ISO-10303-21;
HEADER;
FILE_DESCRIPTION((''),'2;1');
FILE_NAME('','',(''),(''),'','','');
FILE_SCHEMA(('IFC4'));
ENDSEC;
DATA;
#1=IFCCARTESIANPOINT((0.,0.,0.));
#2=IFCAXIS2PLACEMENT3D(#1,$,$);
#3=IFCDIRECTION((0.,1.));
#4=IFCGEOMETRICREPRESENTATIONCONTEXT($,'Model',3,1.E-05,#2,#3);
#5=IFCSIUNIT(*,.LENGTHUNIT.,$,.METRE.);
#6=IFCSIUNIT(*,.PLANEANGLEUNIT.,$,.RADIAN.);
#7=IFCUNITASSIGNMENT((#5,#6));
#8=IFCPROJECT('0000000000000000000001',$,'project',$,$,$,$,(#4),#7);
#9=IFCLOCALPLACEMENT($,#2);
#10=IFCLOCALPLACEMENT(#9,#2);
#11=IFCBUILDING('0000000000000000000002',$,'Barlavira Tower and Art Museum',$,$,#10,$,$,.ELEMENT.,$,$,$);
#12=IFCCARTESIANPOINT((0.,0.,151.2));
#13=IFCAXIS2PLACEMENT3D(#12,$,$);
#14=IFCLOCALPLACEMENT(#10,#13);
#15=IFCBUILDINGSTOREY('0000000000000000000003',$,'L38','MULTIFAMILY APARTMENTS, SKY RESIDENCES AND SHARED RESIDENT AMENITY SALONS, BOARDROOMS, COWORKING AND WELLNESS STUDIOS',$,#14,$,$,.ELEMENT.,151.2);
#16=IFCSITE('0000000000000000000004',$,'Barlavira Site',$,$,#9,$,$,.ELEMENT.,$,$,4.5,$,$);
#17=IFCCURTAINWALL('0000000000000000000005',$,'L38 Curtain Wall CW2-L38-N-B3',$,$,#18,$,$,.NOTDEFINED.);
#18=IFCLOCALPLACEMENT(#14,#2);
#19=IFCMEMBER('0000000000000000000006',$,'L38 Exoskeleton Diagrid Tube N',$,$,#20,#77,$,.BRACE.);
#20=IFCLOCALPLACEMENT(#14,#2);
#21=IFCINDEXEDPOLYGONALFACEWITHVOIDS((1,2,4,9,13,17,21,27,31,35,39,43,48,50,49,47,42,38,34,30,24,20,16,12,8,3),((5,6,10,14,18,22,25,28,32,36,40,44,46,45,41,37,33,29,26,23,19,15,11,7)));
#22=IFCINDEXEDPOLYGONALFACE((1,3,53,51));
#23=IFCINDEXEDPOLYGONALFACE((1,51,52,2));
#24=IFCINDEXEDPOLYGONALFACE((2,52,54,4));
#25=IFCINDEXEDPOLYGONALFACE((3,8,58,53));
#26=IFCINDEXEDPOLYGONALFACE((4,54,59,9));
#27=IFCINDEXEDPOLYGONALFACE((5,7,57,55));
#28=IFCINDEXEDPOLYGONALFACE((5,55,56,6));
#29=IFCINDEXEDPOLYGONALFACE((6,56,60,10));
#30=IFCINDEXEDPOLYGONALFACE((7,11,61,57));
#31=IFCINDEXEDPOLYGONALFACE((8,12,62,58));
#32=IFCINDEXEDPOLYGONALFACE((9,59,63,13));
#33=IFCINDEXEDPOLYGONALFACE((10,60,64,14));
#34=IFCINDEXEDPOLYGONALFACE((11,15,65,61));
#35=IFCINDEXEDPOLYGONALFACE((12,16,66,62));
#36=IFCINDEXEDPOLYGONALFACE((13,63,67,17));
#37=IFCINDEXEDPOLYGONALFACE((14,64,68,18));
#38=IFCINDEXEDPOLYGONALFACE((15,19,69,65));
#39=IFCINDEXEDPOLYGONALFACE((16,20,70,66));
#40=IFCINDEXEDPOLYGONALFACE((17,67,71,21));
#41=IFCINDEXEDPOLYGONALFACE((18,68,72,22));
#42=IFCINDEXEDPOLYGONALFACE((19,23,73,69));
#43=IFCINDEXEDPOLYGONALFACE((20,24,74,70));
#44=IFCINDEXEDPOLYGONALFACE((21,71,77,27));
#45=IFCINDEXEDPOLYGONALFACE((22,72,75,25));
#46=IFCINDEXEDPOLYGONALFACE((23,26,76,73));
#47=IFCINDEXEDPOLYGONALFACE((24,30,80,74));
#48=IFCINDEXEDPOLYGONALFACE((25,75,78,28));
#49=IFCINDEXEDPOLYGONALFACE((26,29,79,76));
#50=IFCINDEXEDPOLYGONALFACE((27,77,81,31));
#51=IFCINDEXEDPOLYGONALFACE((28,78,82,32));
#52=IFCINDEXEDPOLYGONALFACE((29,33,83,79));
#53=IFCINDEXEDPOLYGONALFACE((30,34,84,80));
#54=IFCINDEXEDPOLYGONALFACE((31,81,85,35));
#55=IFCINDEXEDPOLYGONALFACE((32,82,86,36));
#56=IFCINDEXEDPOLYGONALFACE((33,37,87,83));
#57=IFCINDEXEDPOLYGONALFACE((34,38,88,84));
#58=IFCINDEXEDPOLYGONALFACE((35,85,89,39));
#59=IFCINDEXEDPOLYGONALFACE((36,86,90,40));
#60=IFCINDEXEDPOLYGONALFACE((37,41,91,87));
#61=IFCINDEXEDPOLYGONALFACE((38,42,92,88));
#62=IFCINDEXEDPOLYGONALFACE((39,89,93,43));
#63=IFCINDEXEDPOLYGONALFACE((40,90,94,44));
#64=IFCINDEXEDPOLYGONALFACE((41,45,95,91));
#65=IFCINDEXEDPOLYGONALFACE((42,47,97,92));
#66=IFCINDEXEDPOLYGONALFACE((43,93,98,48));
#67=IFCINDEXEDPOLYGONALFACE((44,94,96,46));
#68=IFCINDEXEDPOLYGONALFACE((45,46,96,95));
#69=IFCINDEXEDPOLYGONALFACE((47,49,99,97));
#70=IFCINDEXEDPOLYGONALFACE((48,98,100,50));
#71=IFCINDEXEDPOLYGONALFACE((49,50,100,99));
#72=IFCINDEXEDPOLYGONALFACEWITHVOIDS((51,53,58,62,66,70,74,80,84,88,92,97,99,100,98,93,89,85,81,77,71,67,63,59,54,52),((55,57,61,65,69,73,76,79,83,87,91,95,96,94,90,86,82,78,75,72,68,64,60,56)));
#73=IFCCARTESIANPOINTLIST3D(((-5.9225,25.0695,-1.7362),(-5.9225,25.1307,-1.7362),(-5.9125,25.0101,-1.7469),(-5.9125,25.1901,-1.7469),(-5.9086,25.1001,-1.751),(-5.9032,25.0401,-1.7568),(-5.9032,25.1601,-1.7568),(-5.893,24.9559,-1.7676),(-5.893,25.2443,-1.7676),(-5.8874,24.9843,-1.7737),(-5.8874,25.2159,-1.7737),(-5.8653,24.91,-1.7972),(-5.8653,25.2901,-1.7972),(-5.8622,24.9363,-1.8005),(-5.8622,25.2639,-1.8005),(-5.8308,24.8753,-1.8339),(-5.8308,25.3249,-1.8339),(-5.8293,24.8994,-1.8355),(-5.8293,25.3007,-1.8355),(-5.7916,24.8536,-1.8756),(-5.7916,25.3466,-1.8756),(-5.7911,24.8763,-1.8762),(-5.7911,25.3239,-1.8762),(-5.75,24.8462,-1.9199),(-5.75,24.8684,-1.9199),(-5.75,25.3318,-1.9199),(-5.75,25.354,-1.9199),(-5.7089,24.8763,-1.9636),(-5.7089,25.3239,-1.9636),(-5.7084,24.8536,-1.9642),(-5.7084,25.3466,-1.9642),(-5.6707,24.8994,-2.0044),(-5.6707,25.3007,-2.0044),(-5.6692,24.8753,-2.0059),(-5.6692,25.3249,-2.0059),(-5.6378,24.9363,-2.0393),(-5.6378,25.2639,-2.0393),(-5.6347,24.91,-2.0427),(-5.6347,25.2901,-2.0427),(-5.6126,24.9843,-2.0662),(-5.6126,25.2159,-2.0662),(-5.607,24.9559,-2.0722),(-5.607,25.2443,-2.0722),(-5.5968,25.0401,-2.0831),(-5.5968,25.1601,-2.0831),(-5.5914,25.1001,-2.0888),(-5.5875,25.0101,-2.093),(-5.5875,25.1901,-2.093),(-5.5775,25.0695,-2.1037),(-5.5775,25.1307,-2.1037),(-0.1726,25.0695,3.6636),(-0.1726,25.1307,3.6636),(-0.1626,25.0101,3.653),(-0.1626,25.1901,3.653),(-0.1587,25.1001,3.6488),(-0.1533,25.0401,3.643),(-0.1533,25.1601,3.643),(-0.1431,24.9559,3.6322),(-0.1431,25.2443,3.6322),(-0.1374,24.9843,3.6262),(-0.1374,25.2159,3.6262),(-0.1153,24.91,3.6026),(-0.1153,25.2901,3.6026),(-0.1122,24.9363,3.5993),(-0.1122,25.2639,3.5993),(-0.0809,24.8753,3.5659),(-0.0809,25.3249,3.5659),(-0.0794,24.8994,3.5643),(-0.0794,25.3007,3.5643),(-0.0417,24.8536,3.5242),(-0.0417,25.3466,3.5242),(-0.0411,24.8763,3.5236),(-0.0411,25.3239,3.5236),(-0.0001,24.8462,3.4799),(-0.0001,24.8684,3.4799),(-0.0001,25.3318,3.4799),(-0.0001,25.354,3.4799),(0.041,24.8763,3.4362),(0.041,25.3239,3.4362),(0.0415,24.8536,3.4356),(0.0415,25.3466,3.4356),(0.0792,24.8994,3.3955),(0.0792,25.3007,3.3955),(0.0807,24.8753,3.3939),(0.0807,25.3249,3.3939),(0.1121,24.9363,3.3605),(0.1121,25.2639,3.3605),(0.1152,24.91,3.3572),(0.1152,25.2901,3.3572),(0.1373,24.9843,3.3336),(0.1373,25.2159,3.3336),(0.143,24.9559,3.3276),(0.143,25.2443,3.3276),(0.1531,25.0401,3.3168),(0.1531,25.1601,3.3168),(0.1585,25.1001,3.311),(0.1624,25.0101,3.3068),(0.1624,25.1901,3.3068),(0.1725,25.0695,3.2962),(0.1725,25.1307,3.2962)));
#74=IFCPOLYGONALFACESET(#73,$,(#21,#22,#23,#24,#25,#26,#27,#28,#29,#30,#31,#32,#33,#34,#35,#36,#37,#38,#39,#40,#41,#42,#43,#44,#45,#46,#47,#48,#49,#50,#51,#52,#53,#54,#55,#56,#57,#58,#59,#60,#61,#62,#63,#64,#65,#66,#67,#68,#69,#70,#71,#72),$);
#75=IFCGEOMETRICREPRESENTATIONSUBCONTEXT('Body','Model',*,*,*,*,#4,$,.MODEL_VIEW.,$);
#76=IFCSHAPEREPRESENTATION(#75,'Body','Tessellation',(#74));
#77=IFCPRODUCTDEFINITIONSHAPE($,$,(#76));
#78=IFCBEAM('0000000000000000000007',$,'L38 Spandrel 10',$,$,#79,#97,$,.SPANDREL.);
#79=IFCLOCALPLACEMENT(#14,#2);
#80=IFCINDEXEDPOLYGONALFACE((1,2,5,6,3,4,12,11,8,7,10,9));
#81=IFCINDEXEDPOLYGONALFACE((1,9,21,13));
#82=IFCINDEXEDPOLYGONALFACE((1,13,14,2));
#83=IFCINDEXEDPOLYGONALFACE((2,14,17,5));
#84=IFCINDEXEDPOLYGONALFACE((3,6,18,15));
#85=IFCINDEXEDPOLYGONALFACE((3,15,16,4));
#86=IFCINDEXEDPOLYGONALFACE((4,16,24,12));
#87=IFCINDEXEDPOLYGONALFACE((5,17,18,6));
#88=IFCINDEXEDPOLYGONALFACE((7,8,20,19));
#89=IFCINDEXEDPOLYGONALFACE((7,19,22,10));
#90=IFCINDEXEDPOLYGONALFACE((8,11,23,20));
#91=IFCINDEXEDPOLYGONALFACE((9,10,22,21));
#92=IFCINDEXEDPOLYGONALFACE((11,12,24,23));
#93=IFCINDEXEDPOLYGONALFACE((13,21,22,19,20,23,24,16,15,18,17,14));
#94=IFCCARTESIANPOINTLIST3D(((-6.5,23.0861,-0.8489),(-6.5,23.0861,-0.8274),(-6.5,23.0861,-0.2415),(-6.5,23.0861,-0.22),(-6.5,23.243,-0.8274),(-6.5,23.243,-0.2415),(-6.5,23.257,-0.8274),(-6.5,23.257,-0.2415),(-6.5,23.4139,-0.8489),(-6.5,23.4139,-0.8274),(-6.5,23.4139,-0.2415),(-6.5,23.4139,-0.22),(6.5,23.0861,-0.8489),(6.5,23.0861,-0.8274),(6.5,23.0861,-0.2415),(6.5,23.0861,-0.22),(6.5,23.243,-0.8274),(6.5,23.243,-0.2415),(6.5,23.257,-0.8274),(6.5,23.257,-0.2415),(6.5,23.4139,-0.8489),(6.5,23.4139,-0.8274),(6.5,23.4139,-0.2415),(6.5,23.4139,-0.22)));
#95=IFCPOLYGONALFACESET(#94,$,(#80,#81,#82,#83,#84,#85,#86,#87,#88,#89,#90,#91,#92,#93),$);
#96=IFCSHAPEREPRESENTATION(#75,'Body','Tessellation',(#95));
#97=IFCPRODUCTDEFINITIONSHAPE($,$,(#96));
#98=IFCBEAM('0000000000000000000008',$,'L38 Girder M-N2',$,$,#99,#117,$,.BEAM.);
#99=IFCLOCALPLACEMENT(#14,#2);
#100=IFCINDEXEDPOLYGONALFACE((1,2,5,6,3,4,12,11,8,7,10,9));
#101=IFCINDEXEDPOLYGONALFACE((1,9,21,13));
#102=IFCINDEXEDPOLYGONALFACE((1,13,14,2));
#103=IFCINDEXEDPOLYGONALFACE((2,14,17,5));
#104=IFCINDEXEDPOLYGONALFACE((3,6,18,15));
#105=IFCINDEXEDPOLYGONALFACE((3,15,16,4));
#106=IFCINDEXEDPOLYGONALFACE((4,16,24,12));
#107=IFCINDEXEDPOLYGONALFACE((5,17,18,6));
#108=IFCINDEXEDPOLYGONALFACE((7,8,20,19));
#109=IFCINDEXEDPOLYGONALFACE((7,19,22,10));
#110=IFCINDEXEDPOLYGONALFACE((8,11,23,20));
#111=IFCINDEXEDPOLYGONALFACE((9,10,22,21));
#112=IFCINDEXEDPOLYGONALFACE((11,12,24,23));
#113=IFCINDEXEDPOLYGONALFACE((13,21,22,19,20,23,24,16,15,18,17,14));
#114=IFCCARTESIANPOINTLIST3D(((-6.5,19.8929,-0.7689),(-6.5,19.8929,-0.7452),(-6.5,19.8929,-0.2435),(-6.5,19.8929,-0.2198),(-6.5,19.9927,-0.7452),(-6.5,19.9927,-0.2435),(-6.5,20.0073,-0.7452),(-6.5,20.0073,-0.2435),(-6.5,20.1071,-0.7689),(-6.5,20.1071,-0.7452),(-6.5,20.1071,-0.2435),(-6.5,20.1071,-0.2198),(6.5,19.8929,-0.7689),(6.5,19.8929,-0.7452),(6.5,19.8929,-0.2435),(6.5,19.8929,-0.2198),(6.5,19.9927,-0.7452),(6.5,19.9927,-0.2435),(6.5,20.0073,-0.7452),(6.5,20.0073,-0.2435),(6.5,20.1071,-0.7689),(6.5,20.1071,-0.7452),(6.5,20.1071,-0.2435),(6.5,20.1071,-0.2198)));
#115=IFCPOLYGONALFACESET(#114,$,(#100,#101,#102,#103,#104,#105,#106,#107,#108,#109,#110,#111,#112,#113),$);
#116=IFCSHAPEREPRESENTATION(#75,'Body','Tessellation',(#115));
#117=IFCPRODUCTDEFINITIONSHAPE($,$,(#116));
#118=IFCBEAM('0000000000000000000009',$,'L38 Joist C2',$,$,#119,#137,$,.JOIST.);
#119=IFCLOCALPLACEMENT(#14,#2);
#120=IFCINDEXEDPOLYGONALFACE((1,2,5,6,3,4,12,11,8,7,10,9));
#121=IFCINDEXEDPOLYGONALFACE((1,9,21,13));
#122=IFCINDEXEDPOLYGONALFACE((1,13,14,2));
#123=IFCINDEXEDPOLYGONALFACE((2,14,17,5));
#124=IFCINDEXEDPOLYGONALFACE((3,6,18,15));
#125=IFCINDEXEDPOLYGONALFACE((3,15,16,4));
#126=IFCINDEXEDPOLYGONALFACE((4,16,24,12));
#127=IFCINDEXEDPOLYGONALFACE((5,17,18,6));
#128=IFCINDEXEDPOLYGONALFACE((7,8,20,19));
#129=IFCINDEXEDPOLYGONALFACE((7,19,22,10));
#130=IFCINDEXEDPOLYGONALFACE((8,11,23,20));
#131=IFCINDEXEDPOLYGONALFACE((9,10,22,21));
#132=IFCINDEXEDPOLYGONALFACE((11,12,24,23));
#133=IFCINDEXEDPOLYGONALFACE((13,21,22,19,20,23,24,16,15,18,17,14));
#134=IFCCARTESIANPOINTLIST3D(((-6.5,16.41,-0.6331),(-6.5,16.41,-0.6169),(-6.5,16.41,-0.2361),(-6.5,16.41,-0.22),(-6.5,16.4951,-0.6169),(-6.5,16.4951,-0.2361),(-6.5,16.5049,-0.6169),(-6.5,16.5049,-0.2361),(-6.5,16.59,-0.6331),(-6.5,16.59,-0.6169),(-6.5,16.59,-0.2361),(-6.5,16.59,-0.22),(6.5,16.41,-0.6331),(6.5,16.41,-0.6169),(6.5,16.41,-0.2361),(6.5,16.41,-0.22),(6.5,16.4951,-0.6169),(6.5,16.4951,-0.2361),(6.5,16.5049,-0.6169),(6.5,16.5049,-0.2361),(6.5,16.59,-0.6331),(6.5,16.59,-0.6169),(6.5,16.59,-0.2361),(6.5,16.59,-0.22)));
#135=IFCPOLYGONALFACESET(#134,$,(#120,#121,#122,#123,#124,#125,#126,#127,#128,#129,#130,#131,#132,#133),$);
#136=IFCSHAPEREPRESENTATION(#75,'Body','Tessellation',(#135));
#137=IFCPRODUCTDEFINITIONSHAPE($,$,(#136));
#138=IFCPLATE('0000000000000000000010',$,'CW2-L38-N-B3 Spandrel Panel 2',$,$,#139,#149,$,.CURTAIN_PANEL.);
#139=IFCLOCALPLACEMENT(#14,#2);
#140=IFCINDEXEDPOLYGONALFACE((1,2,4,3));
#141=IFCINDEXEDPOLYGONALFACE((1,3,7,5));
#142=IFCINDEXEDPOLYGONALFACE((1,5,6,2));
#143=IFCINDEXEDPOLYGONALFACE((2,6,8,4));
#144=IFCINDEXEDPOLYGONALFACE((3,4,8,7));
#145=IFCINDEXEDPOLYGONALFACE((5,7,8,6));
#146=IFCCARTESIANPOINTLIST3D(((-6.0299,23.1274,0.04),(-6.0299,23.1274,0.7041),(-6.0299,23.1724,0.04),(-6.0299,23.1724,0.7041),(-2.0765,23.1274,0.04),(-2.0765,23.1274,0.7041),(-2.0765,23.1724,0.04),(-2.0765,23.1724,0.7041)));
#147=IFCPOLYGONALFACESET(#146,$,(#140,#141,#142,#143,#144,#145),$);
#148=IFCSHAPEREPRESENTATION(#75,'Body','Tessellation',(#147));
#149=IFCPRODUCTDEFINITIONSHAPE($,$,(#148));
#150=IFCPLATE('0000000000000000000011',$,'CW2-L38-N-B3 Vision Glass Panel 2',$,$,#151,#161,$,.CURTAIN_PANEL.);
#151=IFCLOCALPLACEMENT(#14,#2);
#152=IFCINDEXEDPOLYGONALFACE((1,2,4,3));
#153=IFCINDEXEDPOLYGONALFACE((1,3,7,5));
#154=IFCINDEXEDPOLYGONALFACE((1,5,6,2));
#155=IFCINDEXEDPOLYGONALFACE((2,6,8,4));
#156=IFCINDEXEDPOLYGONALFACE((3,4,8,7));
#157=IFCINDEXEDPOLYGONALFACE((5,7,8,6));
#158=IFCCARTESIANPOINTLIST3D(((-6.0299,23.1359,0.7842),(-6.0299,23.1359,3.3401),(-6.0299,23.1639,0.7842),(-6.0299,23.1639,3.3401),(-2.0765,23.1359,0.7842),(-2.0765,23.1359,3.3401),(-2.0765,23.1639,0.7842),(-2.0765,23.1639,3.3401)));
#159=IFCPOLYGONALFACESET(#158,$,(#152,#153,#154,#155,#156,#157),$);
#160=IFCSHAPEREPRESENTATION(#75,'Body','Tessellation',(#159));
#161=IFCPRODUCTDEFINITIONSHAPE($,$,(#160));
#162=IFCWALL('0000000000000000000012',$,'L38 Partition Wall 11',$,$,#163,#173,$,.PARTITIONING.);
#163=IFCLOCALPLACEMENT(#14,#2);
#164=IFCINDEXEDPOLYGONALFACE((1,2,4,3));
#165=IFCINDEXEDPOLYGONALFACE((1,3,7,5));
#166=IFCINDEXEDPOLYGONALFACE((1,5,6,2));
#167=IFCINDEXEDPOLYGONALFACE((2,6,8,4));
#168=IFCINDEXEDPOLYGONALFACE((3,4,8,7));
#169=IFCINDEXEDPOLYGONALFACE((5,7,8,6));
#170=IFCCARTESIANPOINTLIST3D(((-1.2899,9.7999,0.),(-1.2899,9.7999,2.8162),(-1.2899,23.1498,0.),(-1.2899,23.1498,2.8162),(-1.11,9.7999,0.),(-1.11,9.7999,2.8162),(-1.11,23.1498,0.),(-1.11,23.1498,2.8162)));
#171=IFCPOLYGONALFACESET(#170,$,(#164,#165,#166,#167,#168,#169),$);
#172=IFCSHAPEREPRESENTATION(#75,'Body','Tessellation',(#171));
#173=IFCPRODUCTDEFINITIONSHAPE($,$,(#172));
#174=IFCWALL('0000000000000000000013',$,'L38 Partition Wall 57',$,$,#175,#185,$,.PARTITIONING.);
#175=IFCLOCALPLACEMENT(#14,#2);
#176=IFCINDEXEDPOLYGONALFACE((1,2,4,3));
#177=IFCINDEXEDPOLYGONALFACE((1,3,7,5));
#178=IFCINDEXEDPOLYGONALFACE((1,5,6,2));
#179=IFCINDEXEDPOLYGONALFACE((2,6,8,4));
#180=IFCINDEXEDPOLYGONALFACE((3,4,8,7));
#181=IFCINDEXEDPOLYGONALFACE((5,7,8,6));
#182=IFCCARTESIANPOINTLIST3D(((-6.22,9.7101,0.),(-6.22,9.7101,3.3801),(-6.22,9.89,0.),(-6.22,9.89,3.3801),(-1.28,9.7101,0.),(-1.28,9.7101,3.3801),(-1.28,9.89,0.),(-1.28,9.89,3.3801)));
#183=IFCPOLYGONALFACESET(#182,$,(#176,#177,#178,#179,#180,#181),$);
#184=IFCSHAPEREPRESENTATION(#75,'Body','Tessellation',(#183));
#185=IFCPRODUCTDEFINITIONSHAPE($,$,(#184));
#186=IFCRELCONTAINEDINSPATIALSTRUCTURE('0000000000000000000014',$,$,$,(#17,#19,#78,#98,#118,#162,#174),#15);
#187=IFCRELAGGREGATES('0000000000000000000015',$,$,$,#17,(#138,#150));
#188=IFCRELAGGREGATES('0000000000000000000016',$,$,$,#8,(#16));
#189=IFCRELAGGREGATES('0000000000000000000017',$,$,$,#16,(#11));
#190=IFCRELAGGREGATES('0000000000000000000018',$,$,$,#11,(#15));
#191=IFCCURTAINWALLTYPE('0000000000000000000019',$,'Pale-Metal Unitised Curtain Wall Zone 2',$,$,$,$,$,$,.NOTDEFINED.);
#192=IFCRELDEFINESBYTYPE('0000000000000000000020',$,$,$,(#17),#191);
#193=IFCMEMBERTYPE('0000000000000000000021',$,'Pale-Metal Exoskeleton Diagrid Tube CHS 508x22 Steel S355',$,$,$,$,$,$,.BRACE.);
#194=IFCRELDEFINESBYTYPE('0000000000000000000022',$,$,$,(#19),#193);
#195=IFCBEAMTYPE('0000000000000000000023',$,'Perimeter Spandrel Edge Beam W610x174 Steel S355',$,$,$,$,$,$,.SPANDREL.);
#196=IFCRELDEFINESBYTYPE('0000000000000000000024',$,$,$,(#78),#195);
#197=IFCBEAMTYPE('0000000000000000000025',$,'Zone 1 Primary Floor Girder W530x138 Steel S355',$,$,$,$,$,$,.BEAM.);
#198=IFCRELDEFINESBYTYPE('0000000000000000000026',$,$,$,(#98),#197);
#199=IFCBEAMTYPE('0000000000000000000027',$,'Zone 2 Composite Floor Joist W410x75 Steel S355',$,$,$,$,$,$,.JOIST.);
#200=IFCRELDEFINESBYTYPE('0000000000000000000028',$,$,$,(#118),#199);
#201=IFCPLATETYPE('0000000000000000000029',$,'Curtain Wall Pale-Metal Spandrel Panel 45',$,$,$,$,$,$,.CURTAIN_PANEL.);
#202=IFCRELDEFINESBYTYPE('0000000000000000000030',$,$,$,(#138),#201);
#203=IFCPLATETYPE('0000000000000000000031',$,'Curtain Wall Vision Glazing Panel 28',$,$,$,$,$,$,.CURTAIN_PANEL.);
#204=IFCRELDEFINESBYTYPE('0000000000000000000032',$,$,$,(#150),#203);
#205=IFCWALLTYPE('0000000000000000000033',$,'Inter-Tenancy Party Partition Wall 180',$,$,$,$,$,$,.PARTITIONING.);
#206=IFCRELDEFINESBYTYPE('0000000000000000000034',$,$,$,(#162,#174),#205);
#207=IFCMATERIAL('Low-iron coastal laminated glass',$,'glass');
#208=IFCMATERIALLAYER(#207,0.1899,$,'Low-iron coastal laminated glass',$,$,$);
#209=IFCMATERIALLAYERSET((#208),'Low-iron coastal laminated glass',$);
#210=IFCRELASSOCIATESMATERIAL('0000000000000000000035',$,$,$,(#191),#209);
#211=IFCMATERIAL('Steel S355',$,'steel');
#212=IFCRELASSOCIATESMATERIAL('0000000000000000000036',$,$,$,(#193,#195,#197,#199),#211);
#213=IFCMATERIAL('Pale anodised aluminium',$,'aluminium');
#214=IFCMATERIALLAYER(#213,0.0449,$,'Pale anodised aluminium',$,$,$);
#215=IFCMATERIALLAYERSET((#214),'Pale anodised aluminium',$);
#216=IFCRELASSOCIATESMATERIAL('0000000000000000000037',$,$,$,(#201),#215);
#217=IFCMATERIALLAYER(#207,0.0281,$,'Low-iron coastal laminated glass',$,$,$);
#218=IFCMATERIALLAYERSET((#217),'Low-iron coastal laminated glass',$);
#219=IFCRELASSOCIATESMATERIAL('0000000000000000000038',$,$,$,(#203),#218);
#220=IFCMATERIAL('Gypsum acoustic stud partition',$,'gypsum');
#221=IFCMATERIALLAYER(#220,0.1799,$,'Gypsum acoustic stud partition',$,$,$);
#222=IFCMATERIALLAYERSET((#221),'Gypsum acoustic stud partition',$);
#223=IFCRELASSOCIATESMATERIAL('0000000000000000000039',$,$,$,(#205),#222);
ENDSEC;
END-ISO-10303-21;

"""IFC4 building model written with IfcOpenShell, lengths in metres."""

from ifc_helpers import new_model, si_unit, direction, frame, frame_2d, origin, origin_2d, place, context, subcontext, project, spatial, rectangle, hollow_circle, i_section, extrude, material, layer, layer_set, material_profile, profile_set, type_object, element, aggregate, save


model = new_model("IFC4")

# Units and contexts
model_context = context("Model", 3, precision=1e-05, world=origin(), true_north=direction((0.0, 1.0)))
body_context = subcontext(model_context, "Body", "Model", "MODEL_VIEW")
ifc_project = project(units=[si_unit("LENGTHUNIT", "METRE"), si_unit("PLANEANGLEUNIT", "RADIAN")], contexts=[model_context])

# Site, building, storey
site_placement = place(None, origin())
site = spatial("IfcSite", under=ifc_project, at=site_placement, Name="Barlavira Site", CompositionType="ELEMENT", RefElevation=4.5)
building_placement = place(site_placement, origin())
building = spatial("IfcBuilding", under=site, at=building_placement, Name="Barlavira Tower and Art Museum", CompositionType="ELEMENT")
storey_placement = place(building_placement, frame((0.0, 0.0, 151.2)))
storey = spatial("IfcBuildingStorey", under=building, at=storey_placement, Name="L38", Description="MULTIFAMILY APARTMENTS, SKY RESIDENCES AND SHARED RESIDENT AMENITY SALONS, BOARDROOMS, COWORKING AND WELLNESS STUDIOS", CompositionType="ELEMENT", Elevation=151.2)

# Curtain wall
ifc_material_1 = material(Name="Low-iron coastal laminated glass", Category="glass")
ifc_layer_1 = layer(ifc_material_1, 0.1899, Name="Low-iron coastal laminated glass")
ifc_layer_set_1 = layer_set([ifc_layer_1], Name="Low-iron coastal laminated glass")
curtain_wall_type = type_object("IfcCurtainWallType", Name="Pale-Metal Unitised Curtain Wall Zone 2", PredefinedType="NOTDEFINED", material=ifc_layer_set_1)
curtain_wall_placement = place(storey_placement, origin())
curtain_wall = element("IfcCurtainWall", 1, at=curtain_wall_placement, inside=storey, type_object=curtain_wall_type, Name="L38 Curtain Wall CW2-L38-N-B3", PredefinedType="NOTDEFINED")
ifc_material_2 = material(Name="Pale anodised aluminium", Category="aluminium")

# Member
ifc_material_3 = material(Name="Steel S355", Category="steel")
ifc_material_profile_1 = material_profile(ifc_material_3, hollow_circle(Radius=0.2539, WallThickness=0.0222, at=origin_2d()), Name="CHS 508.0x22.2")
ifc_profile_set_1 = profile_set([ifc_material_profile_1], Name="Steel S355")
member_type_1 = type_object("IfcMemberType", Name="Pale-Metal Exoskeleton Diagrid Tube CHS 508x22 Steel S355", PredefinedType="BRACE", material=ifc_profile_set_1)
for number, where, z_axis, x_axis, name in (
    (2, (-5.75, 25.1001, -1.9199), (0.72895, 0.0, 0.684567), (0.0, 1.0, 0.0), "L38 Exoskeleton Diagrid Tube N"),
):
    element("IfcMember", number, at=place(storey_placement, frame(where, z_axis=z_axis, x_axis=x_axis)), inside=storey, type_object=member_type_1, Name=name, PredefinedType="BRACE", context=body_context, shape_type="SweptSolid", body=[
        extrude(hollow_circle(Radius=0.2539, WallThickness=0.0222, at=origin_2d()), origin(), (0.0, 0.0, 1.0), 7.8879),
    ])

# Beams
ifc_material_profile_2 = material_profile(ifc_material_3, i_section(OverallWidth=0.3279, OverallDepth=0.6289, WebThickness=0.0139, FlangeThickness=0.0215, at=origin_2d()), Name="W610x174.0")
ifc_profile_set_2 = profile_set([ifc_material_profile_2], Name="Steel S355")
beam_type_1 = type_object("IfcBeamType", Name="Perimeter Spandrel Edge Beam W610x174 Steel S355", PredefinedType="SPANDREL", material=ifc_profile_set_2)
beam_1_placement = place(storey_placement, frame((-6.5, 23.25, -0.5344), z_axis=(1.0, 0.0, 0.0), x_axis=(0.0, 1.0, 0.0)))
element("IfcBeam", 3, at=beam_1_placement, inside=storey, type_object=beam_type_1, Name="L38 Spandrel 10", PredefinedType="SPANDREL", context=body_context, shape_type="SweptSolid", body=[
    extrude(i_section(OverallWidth=0.3279, OverallDepth=0.6289, WebThickness=0.0139, FlangeThickness=0.0215, at=origin_2d()), origin(), (0.0, 0.0, 1.0), 13.0),
])
ifc_material_profile_3 = material_profile(ifc_material_3, i_section(OverallWidth=0.2141, OverallDepth=0.5491, WebThickness=0.0146, FlangeThickness=0.0237, at=origin_2d()), Name="W530x138.0")
ifc_profile_set_3 = profile_set([ifc_material_profile_3], Name="Steel S355")
beam_type_2 = type_object("IfcBeamType", Name="Zone 1 Primary Floor Girder W530x138 Steel S355", PredefinedType="BEAM", material=ifc_profile_set_3)
beam_2_placement = place(storey_placement, frame((-6.5, 20.0, -0.4944), z_axis=(1.0, 0.0, 0.0), x_axis=(0.0, 1.0, 0.0)))
element("IfcBeam", 4, at=beam_2_placement, inside=storey, type_object=beam_type_2, Name="L38 Girder M-N2", PredefinedType="BEAM", context=body_context, shape_type="SweptSolid", body=[
    extrude(i_section(OverallWidth=0.2141, OverallDepth=0.5491, WebThickness=0.0146, FlangeThickness=0.0237, at=origin_2d()), origin(), (0.0, 0.0, 1.0), 13.0),
])
ifc_material_profile_4 = material_profile(ifc_material_3, i_section(OverallWidth=0.1799, OverallDepth=0.4131, WebThickness=0.0098, FlangeThickness=0.0161, at=origin_2d()), Name="W410x75.0")
ifc_profile_set_4 = profile_set([ifc_material_profile_4], Name="Steel S355")
beam_type_3 = type_object("IfcBeamType", Name="Zone 2 Composite Floor Joist W410x75 Steel S355", PredefinedType="JOIST", material=ifc_profile_set_4)
beam_3_placement = place(storey_placement, frame((-6.5, 16.5, -0.4265), z_axis=(1.0, 0.0, 0.0), x_axis=(0.0, 1.0, 0.0)))
element("IfcBeam", 5, at=beam_3_placement, inside=storey, type_object=beam_type_3, Name="L38 Joist C2", PredefinedType="JOIST", context=body_context, shape_type="SweptSolid", body=[
    extrude(i_section(OverallWidth=0.1799, OverallDepth=0.4131, WebThickness=0.0098, FlangeThickness=0.0161, at=origin_2d()), origin(), (0.0, 0.0, 1.0), 13.0),
])

# Plates
ifc_layer_2 = layer(ifc_material_2, 0.0449, Name="Pale anodised aluminium")
ifc_layer_set_2 = layer_set([ifc_layer_2], Name="Pale anodised aluminium")
plate_type_1 = type_object("IfcPlateType", Name="Curtain Wall Pale-Metal Spandrel Panel 45", PredefinedType="CURTAIN_PANEL", material=ifc_layer_set_2)
plate_1_placement = place(storey_placement, frame((-4.0532, 23.1499, 0.04), z_axis=(0.0, 0.0, 1.0), x_axis=(-1.0, 0.0, 0.0)))
plate_1 = element("IfcPlate", 6, at=plate_1_placement, type_object=plate_type_1, Name="CW2-L38-N-B3 Spandrel Panel 2", PredefinedType="CURTAIN_PANEL", context=body_context, shape_type="SweptSolid", body=[
    extrude(rectangle(XDim=3.9534, YDim=0.0449, at=origin_2d()), origin(), (0.0, 0.0, 1.0), 0.6641),
])
ifc_layer_3 = layer(ifc_material_1, 0.0281, Name="Low-iron coastal laminated glass")
ifc_layer_set_3 = layer_set([ifc_layer_3], Name="Low-iron coastal laminated glass")
plate_type_2 = type_object("IfcPlateType", Name="Curtain Wall Vision Glazing Panel 28", PredefinedType="CURTAIN_PANEL", material=ifc_layer_set_3)
plate_2_placement = place(storey_placement, frame((-4.0532, 23.1499, 0.7842), z_axis=(0.0, 0.0, 1.0), x_axis=(-1.0, 0.0, 0.0)))
plate_2 = element("IfcPlate", 7, at=plate_2_placement, type_object=plate_type_2, Name="CW2-L38-N-B3 Vision Glass Panel 2", PredefinedType="CURTAIN_PANEL", context=body_context, shape_type="SweptSolid", body=[
    extrude(rectangle(XDim=3.9534, YDim=0.0281, at=origin_2d()), origin(), (0.0, 0.0, 1.0), 2.5559),
])
aggregate(curtain_wall, [plate_1, plate_2])

# Walls
ifc_material_4 = material(Name="Gypsum acoustic stud partition", Category="gypsum")
ifc_layer_4 = layer(ifc_material_4, 0.1799, Name="Gypsum acoustic stud partition")
ifc_layer_set_4 = layer_set([ifc_layer_4], Name="Gypsum acoustic stud partition")
wall_type_1 = type_object("IfcWallType", Name="Inter-Tenancy Party Partition Wall 180", PredefinedType="PARTITIONING", material=ifc_layer_set_4)
wall_1_placement = place(storey_placement, frame((-1.2, 9.8, 0.0), z_axis=(0.0, 0.0, 1.0), x_axis=(0.0, 1.0, 0.0)))
element("IfcWall", 8, at=wall_1_placement, inside=storey, type_object=wall_type_1, Name="L38 Partition Wall 11", PredefinedType="PARTITIONING", context=body_context, shape_type="SweptSolid", body=[
    extrude(rectangle(XDim=13.3499, YDim=0.1799, at=frame_2d((6.6748, 0.0))), origin(), (0.0, 0.0, 1.0), 2.8162),
])
wall_2_placement = place(storey_placement, frame((-6.22, 9.8, 0.0), z_axis=(0.0, 0.0, 1.0), x_axis=(1.0, 0.0, 0.0)))
element("IfcWall", 9, at=wall_2_placement, inside=storey, type_object=wall_type_1, Name="L38 Partition Wall 57", PredefinedType="PARTITIONING", context=body_context, shape_type="SweptSolid", body=[
    extrude(rectangle(XDim=4.9399, YDim=0.1799, at=frame_2d((2.47, 0.0))), origin(), (0.0, 0.0, 1.0), 3.3801),
])

save(model, "model.ifc")
